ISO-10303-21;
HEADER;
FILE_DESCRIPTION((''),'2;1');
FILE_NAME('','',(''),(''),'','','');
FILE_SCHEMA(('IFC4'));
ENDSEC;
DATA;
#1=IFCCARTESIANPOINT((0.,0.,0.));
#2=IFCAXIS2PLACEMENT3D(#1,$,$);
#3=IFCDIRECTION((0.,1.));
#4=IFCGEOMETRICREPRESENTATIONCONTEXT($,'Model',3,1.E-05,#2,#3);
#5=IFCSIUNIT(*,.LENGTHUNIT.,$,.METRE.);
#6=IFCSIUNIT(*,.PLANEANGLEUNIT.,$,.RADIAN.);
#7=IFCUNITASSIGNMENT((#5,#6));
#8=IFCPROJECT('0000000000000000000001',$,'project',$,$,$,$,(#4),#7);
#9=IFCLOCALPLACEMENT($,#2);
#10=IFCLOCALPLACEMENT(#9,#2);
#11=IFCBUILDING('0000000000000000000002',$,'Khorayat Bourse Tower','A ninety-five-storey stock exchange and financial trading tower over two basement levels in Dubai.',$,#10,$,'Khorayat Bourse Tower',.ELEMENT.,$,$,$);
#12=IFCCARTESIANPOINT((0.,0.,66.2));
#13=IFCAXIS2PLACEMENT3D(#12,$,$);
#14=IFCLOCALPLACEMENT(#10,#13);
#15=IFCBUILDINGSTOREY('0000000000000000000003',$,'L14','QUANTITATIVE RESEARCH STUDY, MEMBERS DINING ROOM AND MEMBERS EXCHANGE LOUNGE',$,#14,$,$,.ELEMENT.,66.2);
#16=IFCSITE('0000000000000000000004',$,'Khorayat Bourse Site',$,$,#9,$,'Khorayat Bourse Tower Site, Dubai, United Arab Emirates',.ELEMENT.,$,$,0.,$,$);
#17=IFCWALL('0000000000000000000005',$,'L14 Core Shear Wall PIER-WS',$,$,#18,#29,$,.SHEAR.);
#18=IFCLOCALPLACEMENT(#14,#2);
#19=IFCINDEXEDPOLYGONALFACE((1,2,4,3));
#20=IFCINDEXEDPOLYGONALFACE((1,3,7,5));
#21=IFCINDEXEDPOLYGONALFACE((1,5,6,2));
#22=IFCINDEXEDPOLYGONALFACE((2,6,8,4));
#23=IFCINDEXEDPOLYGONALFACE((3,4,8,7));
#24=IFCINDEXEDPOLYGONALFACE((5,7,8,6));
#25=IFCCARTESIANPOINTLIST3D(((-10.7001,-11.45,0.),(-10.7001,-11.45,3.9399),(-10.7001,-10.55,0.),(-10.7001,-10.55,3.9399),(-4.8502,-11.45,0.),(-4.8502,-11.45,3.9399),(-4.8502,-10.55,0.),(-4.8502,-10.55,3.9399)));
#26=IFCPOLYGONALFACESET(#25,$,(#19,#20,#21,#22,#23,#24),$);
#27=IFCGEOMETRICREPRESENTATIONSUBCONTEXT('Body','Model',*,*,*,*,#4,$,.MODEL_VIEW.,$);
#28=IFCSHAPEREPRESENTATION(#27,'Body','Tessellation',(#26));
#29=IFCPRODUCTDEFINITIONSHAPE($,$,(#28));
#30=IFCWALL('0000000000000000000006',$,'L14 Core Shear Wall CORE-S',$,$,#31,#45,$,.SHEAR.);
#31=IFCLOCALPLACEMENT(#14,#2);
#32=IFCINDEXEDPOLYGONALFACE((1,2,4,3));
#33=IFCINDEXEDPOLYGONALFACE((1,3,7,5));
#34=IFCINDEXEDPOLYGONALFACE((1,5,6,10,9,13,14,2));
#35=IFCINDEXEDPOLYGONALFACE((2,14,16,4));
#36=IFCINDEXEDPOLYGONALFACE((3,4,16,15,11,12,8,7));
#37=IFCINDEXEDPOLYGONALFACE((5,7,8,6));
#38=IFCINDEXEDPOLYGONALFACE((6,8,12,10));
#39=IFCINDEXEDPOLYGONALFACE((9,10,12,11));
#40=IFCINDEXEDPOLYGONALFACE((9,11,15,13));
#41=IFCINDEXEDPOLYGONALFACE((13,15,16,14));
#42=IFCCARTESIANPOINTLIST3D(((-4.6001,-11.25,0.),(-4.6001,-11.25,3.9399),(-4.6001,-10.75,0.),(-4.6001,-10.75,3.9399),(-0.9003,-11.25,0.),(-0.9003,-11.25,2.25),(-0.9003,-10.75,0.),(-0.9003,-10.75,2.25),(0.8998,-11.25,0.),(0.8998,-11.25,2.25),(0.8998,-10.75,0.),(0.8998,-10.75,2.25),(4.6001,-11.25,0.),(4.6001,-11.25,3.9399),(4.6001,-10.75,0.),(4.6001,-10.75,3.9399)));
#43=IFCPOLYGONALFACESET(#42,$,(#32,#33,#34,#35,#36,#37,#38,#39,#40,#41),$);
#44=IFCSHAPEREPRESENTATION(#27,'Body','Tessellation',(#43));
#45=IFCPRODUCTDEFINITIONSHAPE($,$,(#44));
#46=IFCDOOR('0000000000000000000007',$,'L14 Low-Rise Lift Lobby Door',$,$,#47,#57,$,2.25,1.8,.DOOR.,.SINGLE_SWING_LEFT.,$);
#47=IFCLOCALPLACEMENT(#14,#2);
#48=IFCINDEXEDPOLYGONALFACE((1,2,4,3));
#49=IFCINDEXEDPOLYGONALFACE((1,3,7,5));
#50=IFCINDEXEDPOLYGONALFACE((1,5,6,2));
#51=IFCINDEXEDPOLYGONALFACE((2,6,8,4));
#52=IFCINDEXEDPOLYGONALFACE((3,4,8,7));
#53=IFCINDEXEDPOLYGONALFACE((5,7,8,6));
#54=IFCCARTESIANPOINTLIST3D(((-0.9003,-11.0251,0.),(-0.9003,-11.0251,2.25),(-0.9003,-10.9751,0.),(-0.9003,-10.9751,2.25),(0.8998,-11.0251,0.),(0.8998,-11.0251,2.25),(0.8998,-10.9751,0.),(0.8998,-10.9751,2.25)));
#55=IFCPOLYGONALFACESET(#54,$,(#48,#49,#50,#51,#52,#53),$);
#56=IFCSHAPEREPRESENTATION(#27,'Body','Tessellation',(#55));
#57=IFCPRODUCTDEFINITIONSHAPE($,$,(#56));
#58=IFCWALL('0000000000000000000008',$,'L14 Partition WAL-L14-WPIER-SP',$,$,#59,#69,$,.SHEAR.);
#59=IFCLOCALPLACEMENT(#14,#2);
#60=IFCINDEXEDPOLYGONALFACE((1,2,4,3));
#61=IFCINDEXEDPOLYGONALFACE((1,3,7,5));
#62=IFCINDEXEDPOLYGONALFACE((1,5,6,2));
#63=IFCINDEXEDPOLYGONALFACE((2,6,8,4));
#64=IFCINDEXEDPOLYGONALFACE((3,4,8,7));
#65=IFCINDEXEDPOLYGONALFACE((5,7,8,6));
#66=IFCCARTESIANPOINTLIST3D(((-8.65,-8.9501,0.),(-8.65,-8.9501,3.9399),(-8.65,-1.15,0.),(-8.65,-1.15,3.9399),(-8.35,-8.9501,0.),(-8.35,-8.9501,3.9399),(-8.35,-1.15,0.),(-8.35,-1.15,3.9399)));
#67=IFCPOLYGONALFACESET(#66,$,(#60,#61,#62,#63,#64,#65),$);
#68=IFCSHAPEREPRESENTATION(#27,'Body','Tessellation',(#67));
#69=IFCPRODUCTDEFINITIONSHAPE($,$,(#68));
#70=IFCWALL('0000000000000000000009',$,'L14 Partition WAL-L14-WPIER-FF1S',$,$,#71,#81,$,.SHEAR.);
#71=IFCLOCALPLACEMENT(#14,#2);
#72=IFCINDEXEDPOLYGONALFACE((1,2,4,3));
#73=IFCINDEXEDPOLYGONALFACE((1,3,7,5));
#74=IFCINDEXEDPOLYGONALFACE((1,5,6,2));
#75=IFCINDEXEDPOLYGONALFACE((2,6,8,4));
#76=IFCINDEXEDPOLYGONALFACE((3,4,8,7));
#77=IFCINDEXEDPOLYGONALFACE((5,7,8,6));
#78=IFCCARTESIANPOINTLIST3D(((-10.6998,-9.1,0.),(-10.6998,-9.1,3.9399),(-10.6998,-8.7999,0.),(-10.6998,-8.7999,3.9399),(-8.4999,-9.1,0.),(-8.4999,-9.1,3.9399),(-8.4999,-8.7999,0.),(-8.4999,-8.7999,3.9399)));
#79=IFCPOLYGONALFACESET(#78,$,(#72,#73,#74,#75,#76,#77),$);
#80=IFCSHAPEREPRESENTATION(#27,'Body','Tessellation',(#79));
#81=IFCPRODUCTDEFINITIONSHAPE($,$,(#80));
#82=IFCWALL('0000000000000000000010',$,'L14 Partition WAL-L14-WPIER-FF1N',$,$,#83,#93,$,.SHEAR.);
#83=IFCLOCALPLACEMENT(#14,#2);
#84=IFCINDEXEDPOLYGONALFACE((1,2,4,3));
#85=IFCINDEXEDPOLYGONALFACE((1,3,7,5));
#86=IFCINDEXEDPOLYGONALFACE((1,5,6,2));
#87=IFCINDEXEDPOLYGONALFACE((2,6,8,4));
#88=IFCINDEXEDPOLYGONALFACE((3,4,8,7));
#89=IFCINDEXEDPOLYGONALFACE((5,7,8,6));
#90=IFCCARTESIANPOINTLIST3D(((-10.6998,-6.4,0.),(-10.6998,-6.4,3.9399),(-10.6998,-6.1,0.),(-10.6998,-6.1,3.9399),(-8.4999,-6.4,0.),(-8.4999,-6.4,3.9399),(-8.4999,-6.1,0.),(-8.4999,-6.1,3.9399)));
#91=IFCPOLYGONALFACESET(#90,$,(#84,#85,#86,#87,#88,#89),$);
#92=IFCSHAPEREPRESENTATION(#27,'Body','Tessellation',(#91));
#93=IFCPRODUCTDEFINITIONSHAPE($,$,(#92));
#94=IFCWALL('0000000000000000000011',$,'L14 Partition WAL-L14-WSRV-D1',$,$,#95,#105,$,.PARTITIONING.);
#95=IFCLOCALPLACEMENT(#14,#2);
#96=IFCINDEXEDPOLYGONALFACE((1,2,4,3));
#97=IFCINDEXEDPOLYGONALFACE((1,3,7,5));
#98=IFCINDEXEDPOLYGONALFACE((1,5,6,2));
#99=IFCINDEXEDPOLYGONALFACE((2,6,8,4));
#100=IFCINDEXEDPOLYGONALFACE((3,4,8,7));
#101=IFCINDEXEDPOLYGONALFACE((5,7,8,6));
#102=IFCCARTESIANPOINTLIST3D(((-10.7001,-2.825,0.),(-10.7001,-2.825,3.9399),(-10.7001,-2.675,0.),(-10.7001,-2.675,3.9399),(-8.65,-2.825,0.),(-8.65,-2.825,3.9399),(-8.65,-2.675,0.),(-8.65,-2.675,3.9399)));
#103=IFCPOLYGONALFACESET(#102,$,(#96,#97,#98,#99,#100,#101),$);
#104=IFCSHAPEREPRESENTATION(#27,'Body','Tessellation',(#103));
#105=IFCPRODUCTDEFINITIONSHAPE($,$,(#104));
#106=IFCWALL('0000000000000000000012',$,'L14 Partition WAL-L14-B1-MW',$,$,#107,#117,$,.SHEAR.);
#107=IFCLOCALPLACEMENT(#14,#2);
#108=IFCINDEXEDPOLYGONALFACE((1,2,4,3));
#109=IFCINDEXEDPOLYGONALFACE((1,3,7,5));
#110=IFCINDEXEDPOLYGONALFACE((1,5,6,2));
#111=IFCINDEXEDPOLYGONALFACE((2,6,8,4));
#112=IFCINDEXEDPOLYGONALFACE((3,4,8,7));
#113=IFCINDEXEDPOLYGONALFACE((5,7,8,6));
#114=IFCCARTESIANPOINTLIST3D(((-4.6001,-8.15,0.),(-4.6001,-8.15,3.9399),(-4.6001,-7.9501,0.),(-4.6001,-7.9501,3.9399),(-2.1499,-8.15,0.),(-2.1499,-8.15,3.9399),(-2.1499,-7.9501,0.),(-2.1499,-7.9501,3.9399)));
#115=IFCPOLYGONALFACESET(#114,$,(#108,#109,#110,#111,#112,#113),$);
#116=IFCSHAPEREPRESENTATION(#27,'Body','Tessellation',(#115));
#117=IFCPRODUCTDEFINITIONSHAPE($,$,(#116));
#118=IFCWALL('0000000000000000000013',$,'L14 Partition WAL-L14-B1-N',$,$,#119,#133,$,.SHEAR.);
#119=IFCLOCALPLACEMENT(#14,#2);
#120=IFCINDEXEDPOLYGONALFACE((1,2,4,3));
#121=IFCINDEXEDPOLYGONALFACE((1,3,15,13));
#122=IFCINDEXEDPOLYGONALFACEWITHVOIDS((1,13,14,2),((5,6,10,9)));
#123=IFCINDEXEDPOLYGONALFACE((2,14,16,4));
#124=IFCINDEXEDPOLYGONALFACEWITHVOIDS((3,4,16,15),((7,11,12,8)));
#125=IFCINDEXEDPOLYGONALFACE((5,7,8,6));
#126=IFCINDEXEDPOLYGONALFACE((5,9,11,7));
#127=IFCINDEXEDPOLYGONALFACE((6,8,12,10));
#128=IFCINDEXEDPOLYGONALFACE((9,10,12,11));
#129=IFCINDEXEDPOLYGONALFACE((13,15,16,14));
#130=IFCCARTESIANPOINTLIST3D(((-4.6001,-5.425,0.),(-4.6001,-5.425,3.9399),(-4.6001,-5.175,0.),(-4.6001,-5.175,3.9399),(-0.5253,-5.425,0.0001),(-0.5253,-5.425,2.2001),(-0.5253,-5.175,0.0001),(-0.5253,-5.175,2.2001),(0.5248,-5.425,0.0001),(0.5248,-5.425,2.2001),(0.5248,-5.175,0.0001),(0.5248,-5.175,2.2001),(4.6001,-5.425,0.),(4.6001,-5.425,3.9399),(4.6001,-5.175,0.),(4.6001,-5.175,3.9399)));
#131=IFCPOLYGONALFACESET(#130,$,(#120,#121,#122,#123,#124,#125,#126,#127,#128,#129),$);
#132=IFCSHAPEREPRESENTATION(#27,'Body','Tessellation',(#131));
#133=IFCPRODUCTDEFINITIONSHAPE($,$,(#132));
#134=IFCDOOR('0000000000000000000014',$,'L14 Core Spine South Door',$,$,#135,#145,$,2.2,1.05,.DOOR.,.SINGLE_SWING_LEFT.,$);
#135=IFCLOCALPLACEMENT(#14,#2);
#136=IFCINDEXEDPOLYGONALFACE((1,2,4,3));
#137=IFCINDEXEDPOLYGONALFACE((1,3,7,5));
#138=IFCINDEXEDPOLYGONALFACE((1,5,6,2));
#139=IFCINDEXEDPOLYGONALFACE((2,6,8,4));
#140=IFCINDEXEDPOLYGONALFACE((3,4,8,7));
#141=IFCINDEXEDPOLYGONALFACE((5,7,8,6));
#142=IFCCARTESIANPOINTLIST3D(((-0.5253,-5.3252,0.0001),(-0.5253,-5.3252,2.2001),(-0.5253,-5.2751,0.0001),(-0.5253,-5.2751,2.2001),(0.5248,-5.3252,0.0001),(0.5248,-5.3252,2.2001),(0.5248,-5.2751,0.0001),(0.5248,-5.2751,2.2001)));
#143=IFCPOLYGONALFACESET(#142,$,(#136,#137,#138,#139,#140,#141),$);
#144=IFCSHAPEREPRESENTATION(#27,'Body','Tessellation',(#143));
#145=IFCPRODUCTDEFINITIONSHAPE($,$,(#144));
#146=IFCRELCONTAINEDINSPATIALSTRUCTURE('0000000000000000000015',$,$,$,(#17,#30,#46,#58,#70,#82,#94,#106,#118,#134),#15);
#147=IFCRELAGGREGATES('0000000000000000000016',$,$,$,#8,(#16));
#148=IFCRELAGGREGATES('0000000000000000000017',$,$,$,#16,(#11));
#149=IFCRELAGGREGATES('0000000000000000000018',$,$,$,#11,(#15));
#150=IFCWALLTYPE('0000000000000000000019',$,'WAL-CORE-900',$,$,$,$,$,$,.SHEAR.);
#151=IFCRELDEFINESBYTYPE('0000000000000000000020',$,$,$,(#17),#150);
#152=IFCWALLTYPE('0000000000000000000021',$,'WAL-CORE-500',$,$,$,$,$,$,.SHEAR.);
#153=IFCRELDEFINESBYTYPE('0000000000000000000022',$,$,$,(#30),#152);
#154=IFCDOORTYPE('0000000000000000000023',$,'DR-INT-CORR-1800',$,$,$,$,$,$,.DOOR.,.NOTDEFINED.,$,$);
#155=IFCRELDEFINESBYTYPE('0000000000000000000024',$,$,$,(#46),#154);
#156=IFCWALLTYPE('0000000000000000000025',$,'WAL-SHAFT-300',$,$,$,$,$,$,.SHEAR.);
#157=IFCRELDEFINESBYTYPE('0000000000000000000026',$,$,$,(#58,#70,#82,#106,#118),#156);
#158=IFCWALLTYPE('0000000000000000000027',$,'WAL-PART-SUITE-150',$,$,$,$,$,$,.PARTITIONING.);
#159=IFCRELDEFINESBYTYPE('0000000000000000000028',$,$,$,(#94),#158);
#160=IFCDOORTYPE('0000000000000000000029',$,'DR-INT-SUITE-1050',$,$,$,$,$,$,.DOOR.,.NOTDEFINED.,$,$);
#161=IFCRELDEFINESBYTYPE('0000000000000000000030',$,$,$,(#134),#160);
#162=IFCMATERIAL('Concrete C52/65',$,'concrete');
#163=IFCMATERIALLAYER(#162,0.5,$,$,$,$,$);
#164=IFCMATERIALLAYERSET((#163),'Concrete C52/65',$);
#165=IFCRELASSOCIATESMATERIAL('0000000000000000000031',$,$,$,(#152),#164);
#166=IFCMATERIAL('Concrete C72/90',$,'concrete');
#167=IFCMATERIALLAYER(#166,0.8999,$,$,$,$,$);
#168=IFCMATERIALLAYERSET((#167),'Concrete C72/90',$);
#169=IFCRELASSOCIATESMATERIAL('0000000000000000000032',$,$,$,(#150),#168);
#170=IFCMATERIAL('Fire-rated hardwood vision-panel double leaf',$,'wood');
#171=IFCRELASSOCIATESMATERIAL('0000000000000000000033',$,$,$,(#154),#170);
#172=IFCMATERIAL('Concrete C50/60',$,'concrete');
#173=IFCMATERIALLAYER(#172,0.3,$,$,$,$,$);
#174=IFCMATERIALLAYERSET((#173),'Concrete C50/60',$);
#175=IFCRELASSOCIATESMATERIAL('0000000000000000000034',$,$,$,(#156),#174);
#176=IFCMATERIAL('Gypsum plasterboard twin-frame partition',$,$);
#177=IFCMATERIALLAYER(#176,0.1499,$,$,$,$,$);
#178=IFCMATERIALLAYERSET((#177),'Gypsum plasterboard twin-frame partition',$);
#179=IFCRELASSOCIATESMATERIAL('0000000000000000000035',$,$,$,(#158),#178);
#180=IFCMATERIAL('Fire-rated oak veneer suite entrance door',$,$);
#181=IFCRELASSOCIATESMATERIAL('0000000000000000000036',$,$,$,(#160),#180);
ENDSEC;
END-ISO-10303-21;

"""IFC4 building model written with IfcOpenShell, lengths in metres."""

from ifc_helpers import new_model, si_unit, direction, frame, frame_2d, origin, place, context, subcontext, project, spatial, rectangle, extrude, source, transform, mapped, material, layer, layer_set, type_object, element, fill, save


model = new_model("IFC4")

# Units and contexts
model_context = context("Model", 3, precision=1e-05, world=origin(), true_north=direction((0.0, 1.0)))
body_context = subcontext(model_context, "Body", "Model", "MODEL_VIEW")
ifc_project = project(units=[si_unit("LENGTHUNIT", "METRE"), si_unit("PLANEANGLEUNIT", "RADIAN")], contexts=[model_context])

# Site, building, storey
site_placement = place(None, origin())
site = spatial("IfcSite", under=ifc_project, at=site_placement, Name="Khorayat Bourse Site", LongName="Khorayat Bourse Tower Site, Dubai, United Arab Emirates", CompositionType="ELEMENT", RefElevation=0.0)
building_placement = place(site_placement, origin())
building = spatial("IfcBuilding", under=site, at=building_placement, Name="Khorayat Bourse Tower", Description="A ninety-five-storey stock exchange and financial trading tower over two basement levels in Dubai.", LongName="Khorayat Bourse Tower", CompositionType="ELEMENT")
storey_placement = place(building_placement, frame((0.0, 0.0, 66.2)))
storey = spatial("IfcBuildingStorey", under=building, at=storey_placement, Name="L14", Description="QUANTITATIVE RESEARCH STUDY, MEMBERS DINING ROOM AND MEMBERS EXCHANGE LOUNGE", CompositionType="ELEMENT", Elevation=66.2)

# Shared definitions
ifc_material_1 = material(Name="Concrete C72/90", Category="concrete")

# Wall
ifc_material_2 = material(Name="Concrete C52/65", Category="concrete")
ifc_layer_1 = layer(ifc_material_2, 0.5)
ifc_layer_set_1 = layer_set([ifc_layer_1], Name="Concrete C52/65")
wall_type_1 = type_object("IfcWallType", Name="WAL-CORE-500", PredefinedType="SHEAR", material=ifc_layer_set_1)
ifc_layer_2 = layer(ifc_material_1, 0.8999)
ifc_layer_set_2 = layer_set([ifc_layer_2], Name="Concrete C72/90")
wall_type_2 = type_object("IfcWallType", Name="WAL-CORE-900", PredefinedType="SHEAR", material=ifc_layer_set_2)
shared_shape_1 = source(origin(), body_context, "Body", "SweptSolid", [
    extrude(rectangle(XDim=5.8499, YDim=0.8999, at=frame_2d((2.9248, 0.0))), origin(), (0.0, 0.0, 1.0), 3.9399),
])
wall_1_placement = place(storey_placement, frame((-10.7, -11.0, 0.0), z_axis=(0.0, 0.0, 1.0), x_axis=(1.0, 0.0, 0.0)))
element("IfcWall", 1, at=wall_1_placement, inside=storey, type_object=wall_type_2, Name="L14 Core Shear Wall PIER-WS", PredefinedType="SHEAR", context=body_context, shape_type="MappedRepresentation", body=[
    mapped(shared_shape_1, transform((0.0, 0.0, 0.0), scale=1.0)),
])

# Wall, opening, door
shared_shape_2 = source(origin(), body_context, "Body", "SweptSolid", [
    extrude(rectangle(XDim=9.2002, YDim=0.5, at=frame_2d((4.6001, 0.0))), origin(), (0.0, 0.0, 1.0), 3.9399),
])
wall_2_placement = place(storey_placement, frame((-4.6001, -11.0, 0.0), z_axis=(0.0, 0.0, 1.0), x_axis=(1.0, 0.0, 0.0)))
wall_2 = element("IfcWall", 2, at=wall_2_placement, inside=storey, type_object=wall_type_1, Name="L14 Core Shear Wall CORE-S", PredefinedType="SHEAR", context=body_context, shape_type="MappedRepresentation", body=[
    mapped(shared_shape_2, transform((0.0, 0.0, 0.0), scale=1.0)),
])
shared_shape_3 = source(origin(), body_context, "Body", "SweptSolid", [
    extrude(rectangle(XDim=1.8, YDim=2.25, at=frame_2d((0.8999, 1.125))), frame((0.0, 0.26, 0.0), z_axis=(0.0, -1.0, 0.0), x_axis=(1.0, 0.0, 0.0)), (0.0, 0.0, 1.0), 0.52),
])
opening_1_placement = place(wall_2_placement, frame((3.7, 0.0, 0.0)))
opening_1 = element("IfcOpeningElement", 3, at=opening_1_placement, cuts=wall_2, PredefinedType="OPENING", context=body_context, shape_type="MappedRepresentation", body=[
    mapped(shared_shape_3, transform((0.0, 0.0, 0.0), scale=1.0)),
])
ifc_material_3 = material(Name="Fire-rated hardwood vision-panel double leaf", Category="wood")
door_type_1 = type_object("IfcDoorType", Name="DR-INT-CORR-1800", OperationType="NOTDEFINED", PredefinedType="DOOR", material=ifc_material_3)
shared_shape_4 = source(origin(), body_context, "Body", "SweptSolid", [
    extrude(rectangle(XDim=1.8, YDim=2.25, at=frame_2d((0.8999, 1.125))), frame((0.0, 0.0249, 0.0), z_axis=(0.0, -1.0, 0.0), x_axis=(1.0, 0.0, 0.0)), (0.0, 0.0, 1.0), 0.05),
])
door_1_placement = place(opening_1_placement, origin())
door_1 = element("IfcDoor", 4, at=door_1_placement, inside=storey, type_object=door_type_1, Name="L14 Low-Rise Lift Lobby Door", OperationType="SINGLE_SWING_LEFT", OverallHeight=2.25, OverallWidth=1.8, PredefinedType="DOOR", context=body_context, shape_type="MappedRepresentation", body=[
    mapped(shared_shape_4, transform((0.0, 0.0, 0.0), scale=1.0)),
])
fill(opening_1, door_1)

# Walls
ifc_material_4 = material(Name="Concrete C50/60", Category="concrete")
ifc_layer_3 = layer(ifc_material_4, 0.3)
ifc_layer_set_3 = layer_set([ifc_layer_3], Name="Concrete C50/60")
wall_type_3 = type_object("IfcWallType", Name="WAL-SHAFT-300", PredefinedType="SHEAR", material=ifc_layer_set_3)
shared_shape_5 = source(origin(), body_context, "Body", "SweptSolid", [
    extrude(rectangle(XDim=7.8, YDim=0.3, at=frame_2d((3.8999, 0.0))), origin(), (0.0, 0.0, 1.0), 3.9399),
])
wall_3_placement = place(storey_placement, frame((-8.5, -8.95, 0.0), z_axis=(0.0, 0.0, 1.0), x_axis=(0.0, 1.0, 0.0)))
element("IfcWall", 5, at=wall_3_placement, inside=storey, type_object=wall_type_3, Name="L14 Partition WAL-L14-WPIER-SP", PredefinedType="SHEAR", context=body_context, shape_type="MappedRepresentation", body=[
    mapped(shared_shape_5, transform((0.0, 0.0, 0.0), scale=1.0)),
])
shared_shape_6 = source(origin(), body_context, "Body", "SweptSolid", [
    extrude(rectangle(XDim=2.2, YDim=0.3, at=frame_2d((1.1001, 0.0))), origin(), (0.0, 0.0, 1.0), 3.9399),
])
for number, where, z_axis, x_axis, name in (
    (6, (-10.7, -8.95, 0.0), (0.0, 0.0, 1.0), (1.0, 0.0, 0.0), "L14 Partition WAL-L14-WPIER-FF1S"),
    (7, (-10.7, -6.25, 0.0), (0.0, 0.0, 1.0), (1.0, 0.0, 0.0), "L14 Partition WAL-L14-WPIER-FF1N"),
):
    element("IfcWall", number, at=place(storey_placement, frame(where, z_axis=z_axis, x_axis=x_axis)), inside=storey, type_object=wall_type_3, Name=name, PredefinedType="SHEAR", context=body_context, shape_type="MappedRepresentation", body=[
        mapped(shared_shape_6, transform((0.0, 0.0, 0.0), scale=1.0)),
    ])
ifc_material_5 = material(Name="Gypsum plasterboard twin-frame partition")
ifc_layer_4 = layer(ifc_material_5, 0.1499)
ifc_layer_set_4 = layer_set([ifc_layer_4], Name="Gypsum plasterboard twin-frame partition")
wall_type_4 = type_object("IfcWallType", Name="WAL-PART-SUITE-150", PredefinedType="PARTITIONING", material=ifc_layer_set_4)
shared_shape_7 = source(origin(), body_context, "Body", "SweptSolid", [
    extrude(rectangle(XDim=2.05, YDim=0.1499, at=frame_2d((1.0249, 0.0))), origin(), (0.0, 0.0, 1.0), 3.9399),
])
wall_4_placement = place(storey_placement, frame((-10.7, -2.75, 0.0), z_axis=(0.0, 0.0, 1.0), x_axis=(1.0, 0.0, 0.0)))
element("IfcWall", 8, at=wall_4_placement, inside=storey, type_object=wall_type_4, Name="L14 Partition WAL-L14-WSRV-D1", PredefinedType="PARTITIONING", context=body_context, shape_type="MappedRepresentation", body=[
    mapped(shared_shape_7, transform((0.0, 0.0, 0.0), scale=1.0)),
])
shared_shape_8 = source(origin(), body_context, "Body", "SweptSolid", [
    extrude(rectangle(XDim=2.4502, YDim=0.2, at=frame_2d((1.2251, 0.0))), origin(), (0.0, 0.0, 1.0), 3.9399),
])
wall_5_placement = place(storey_placement, frame((-4.6001, -8.05, 0.0), z_axis=(0.0, 0.0, 1.0), x_axis=(1.0, 0.0, 0.0)))
element("IfcWall", 9, at=wall_5_placement, inside=storey, type_object=wall_type_3, Name="L14 Partition WAL-L14-B1-MW", PredefinedType="SHEAR", context=body_context, shape_type="MappedRepresentation", body=[
    mapped(shared_shape_8, transform((0.0, 0.0, 0.0), scale=1.0)),
])

# Wall, opening, door
shared_shape_9 = source(origin(), body_context, "Body", "SweptSolid", [
    extrude(rectangle(XDim=9.2002, YDim=0.25, at=frame_2d((4.6001, 0.0))), origin(), (0.0, 0.0, 1.0), 3.9399),
])
wall_6_placement = place(storey_placement, frame((-4.6001, -5.3, 0.0), z_axis=(0.0, 0.0, 1.0), x_axis=(1.0, 0.0, 0.0)))
wall_6 = element("IfcWall", 10, at=wall_6_placement, inside=storey, type_object=wall_type_3, Name="L14 Partition WAL-L14-B1-N", PredefinedType="SHEAR", context=body_context, shape_type="MappedRepresentation", body=[
    mapped(shared_shape_9, transform((0.0, 0.0, 0.0), scale=1.0)),
])
shared_shape_10 = source(origin(), body_context, "Body", "SweptSolid", [
    extrude(rectangle(XDim=1.05, YDim=2.2, at=frame_2d((0.5249, 1.1001))), frame((0.0, 0.135, 0.0), z_axis=(0.0, -1.0, 0.0), x_axis=(1.0, 0.0, 0.0)), (0.0, 0.0, 1.0), 0.27),
])
opening_2_placement = place(wall_6_placement, frame((4.075, 0.0, 0.0)))
opening_2 = element("IfcOpeningElement", 11, at=opening_2_placement, cuts=wall_6, PredefinedType="OPENING", context=body_context, shape_type="MappedRepresentation", body=[
    mapped(shared_shape_10, transform((0.0, 0.0, 0.0), scale=1.0)),
])
ifc_material_6 = material(Name="Fire-rated oak veneer suite entrance door")
door_type_2 = type_object("IfcDoorType", Name="DR-INT-SUITE-1050", OperationType="NOTDEFINED", PredefinedType="DOOR", material=ifc_material_6)
shared_shape_11 = source(origin(), body_context, "Body", "SweptSolid", [
    extrude(rectangle(XDim=1.05, YDim=2.2, at=frame_2d((0.5249, 1.1001))), frame((0.0, 0.0249, 0.0), z_axis=(0.0, -1.0, 0.0), x_axis=(1.0, 0.0, 0.0)), (0.0, 0.0, 1.0), 0.05),
])
door_2_placement = place(opening_2_placement, origin())
door_2 = element("IfcDoor", 12, at=door_2_placement, inside=storey, type_object=door_type_2, Name="L14 Core Spine South Door", OperationType="SINGLE_SWING_LEFT", OverallHeight=2.2, OverallWidth=1.05, PredefinedType="DOOR", context=body_context, shape_type="MappedRepresentation", body=[
    mapped(shared_shape_11, transform((0.0, 0.0, 0.0), scale=1.0)),
])
fill(opening_2, door_2)

save(model, "model.ifc")
